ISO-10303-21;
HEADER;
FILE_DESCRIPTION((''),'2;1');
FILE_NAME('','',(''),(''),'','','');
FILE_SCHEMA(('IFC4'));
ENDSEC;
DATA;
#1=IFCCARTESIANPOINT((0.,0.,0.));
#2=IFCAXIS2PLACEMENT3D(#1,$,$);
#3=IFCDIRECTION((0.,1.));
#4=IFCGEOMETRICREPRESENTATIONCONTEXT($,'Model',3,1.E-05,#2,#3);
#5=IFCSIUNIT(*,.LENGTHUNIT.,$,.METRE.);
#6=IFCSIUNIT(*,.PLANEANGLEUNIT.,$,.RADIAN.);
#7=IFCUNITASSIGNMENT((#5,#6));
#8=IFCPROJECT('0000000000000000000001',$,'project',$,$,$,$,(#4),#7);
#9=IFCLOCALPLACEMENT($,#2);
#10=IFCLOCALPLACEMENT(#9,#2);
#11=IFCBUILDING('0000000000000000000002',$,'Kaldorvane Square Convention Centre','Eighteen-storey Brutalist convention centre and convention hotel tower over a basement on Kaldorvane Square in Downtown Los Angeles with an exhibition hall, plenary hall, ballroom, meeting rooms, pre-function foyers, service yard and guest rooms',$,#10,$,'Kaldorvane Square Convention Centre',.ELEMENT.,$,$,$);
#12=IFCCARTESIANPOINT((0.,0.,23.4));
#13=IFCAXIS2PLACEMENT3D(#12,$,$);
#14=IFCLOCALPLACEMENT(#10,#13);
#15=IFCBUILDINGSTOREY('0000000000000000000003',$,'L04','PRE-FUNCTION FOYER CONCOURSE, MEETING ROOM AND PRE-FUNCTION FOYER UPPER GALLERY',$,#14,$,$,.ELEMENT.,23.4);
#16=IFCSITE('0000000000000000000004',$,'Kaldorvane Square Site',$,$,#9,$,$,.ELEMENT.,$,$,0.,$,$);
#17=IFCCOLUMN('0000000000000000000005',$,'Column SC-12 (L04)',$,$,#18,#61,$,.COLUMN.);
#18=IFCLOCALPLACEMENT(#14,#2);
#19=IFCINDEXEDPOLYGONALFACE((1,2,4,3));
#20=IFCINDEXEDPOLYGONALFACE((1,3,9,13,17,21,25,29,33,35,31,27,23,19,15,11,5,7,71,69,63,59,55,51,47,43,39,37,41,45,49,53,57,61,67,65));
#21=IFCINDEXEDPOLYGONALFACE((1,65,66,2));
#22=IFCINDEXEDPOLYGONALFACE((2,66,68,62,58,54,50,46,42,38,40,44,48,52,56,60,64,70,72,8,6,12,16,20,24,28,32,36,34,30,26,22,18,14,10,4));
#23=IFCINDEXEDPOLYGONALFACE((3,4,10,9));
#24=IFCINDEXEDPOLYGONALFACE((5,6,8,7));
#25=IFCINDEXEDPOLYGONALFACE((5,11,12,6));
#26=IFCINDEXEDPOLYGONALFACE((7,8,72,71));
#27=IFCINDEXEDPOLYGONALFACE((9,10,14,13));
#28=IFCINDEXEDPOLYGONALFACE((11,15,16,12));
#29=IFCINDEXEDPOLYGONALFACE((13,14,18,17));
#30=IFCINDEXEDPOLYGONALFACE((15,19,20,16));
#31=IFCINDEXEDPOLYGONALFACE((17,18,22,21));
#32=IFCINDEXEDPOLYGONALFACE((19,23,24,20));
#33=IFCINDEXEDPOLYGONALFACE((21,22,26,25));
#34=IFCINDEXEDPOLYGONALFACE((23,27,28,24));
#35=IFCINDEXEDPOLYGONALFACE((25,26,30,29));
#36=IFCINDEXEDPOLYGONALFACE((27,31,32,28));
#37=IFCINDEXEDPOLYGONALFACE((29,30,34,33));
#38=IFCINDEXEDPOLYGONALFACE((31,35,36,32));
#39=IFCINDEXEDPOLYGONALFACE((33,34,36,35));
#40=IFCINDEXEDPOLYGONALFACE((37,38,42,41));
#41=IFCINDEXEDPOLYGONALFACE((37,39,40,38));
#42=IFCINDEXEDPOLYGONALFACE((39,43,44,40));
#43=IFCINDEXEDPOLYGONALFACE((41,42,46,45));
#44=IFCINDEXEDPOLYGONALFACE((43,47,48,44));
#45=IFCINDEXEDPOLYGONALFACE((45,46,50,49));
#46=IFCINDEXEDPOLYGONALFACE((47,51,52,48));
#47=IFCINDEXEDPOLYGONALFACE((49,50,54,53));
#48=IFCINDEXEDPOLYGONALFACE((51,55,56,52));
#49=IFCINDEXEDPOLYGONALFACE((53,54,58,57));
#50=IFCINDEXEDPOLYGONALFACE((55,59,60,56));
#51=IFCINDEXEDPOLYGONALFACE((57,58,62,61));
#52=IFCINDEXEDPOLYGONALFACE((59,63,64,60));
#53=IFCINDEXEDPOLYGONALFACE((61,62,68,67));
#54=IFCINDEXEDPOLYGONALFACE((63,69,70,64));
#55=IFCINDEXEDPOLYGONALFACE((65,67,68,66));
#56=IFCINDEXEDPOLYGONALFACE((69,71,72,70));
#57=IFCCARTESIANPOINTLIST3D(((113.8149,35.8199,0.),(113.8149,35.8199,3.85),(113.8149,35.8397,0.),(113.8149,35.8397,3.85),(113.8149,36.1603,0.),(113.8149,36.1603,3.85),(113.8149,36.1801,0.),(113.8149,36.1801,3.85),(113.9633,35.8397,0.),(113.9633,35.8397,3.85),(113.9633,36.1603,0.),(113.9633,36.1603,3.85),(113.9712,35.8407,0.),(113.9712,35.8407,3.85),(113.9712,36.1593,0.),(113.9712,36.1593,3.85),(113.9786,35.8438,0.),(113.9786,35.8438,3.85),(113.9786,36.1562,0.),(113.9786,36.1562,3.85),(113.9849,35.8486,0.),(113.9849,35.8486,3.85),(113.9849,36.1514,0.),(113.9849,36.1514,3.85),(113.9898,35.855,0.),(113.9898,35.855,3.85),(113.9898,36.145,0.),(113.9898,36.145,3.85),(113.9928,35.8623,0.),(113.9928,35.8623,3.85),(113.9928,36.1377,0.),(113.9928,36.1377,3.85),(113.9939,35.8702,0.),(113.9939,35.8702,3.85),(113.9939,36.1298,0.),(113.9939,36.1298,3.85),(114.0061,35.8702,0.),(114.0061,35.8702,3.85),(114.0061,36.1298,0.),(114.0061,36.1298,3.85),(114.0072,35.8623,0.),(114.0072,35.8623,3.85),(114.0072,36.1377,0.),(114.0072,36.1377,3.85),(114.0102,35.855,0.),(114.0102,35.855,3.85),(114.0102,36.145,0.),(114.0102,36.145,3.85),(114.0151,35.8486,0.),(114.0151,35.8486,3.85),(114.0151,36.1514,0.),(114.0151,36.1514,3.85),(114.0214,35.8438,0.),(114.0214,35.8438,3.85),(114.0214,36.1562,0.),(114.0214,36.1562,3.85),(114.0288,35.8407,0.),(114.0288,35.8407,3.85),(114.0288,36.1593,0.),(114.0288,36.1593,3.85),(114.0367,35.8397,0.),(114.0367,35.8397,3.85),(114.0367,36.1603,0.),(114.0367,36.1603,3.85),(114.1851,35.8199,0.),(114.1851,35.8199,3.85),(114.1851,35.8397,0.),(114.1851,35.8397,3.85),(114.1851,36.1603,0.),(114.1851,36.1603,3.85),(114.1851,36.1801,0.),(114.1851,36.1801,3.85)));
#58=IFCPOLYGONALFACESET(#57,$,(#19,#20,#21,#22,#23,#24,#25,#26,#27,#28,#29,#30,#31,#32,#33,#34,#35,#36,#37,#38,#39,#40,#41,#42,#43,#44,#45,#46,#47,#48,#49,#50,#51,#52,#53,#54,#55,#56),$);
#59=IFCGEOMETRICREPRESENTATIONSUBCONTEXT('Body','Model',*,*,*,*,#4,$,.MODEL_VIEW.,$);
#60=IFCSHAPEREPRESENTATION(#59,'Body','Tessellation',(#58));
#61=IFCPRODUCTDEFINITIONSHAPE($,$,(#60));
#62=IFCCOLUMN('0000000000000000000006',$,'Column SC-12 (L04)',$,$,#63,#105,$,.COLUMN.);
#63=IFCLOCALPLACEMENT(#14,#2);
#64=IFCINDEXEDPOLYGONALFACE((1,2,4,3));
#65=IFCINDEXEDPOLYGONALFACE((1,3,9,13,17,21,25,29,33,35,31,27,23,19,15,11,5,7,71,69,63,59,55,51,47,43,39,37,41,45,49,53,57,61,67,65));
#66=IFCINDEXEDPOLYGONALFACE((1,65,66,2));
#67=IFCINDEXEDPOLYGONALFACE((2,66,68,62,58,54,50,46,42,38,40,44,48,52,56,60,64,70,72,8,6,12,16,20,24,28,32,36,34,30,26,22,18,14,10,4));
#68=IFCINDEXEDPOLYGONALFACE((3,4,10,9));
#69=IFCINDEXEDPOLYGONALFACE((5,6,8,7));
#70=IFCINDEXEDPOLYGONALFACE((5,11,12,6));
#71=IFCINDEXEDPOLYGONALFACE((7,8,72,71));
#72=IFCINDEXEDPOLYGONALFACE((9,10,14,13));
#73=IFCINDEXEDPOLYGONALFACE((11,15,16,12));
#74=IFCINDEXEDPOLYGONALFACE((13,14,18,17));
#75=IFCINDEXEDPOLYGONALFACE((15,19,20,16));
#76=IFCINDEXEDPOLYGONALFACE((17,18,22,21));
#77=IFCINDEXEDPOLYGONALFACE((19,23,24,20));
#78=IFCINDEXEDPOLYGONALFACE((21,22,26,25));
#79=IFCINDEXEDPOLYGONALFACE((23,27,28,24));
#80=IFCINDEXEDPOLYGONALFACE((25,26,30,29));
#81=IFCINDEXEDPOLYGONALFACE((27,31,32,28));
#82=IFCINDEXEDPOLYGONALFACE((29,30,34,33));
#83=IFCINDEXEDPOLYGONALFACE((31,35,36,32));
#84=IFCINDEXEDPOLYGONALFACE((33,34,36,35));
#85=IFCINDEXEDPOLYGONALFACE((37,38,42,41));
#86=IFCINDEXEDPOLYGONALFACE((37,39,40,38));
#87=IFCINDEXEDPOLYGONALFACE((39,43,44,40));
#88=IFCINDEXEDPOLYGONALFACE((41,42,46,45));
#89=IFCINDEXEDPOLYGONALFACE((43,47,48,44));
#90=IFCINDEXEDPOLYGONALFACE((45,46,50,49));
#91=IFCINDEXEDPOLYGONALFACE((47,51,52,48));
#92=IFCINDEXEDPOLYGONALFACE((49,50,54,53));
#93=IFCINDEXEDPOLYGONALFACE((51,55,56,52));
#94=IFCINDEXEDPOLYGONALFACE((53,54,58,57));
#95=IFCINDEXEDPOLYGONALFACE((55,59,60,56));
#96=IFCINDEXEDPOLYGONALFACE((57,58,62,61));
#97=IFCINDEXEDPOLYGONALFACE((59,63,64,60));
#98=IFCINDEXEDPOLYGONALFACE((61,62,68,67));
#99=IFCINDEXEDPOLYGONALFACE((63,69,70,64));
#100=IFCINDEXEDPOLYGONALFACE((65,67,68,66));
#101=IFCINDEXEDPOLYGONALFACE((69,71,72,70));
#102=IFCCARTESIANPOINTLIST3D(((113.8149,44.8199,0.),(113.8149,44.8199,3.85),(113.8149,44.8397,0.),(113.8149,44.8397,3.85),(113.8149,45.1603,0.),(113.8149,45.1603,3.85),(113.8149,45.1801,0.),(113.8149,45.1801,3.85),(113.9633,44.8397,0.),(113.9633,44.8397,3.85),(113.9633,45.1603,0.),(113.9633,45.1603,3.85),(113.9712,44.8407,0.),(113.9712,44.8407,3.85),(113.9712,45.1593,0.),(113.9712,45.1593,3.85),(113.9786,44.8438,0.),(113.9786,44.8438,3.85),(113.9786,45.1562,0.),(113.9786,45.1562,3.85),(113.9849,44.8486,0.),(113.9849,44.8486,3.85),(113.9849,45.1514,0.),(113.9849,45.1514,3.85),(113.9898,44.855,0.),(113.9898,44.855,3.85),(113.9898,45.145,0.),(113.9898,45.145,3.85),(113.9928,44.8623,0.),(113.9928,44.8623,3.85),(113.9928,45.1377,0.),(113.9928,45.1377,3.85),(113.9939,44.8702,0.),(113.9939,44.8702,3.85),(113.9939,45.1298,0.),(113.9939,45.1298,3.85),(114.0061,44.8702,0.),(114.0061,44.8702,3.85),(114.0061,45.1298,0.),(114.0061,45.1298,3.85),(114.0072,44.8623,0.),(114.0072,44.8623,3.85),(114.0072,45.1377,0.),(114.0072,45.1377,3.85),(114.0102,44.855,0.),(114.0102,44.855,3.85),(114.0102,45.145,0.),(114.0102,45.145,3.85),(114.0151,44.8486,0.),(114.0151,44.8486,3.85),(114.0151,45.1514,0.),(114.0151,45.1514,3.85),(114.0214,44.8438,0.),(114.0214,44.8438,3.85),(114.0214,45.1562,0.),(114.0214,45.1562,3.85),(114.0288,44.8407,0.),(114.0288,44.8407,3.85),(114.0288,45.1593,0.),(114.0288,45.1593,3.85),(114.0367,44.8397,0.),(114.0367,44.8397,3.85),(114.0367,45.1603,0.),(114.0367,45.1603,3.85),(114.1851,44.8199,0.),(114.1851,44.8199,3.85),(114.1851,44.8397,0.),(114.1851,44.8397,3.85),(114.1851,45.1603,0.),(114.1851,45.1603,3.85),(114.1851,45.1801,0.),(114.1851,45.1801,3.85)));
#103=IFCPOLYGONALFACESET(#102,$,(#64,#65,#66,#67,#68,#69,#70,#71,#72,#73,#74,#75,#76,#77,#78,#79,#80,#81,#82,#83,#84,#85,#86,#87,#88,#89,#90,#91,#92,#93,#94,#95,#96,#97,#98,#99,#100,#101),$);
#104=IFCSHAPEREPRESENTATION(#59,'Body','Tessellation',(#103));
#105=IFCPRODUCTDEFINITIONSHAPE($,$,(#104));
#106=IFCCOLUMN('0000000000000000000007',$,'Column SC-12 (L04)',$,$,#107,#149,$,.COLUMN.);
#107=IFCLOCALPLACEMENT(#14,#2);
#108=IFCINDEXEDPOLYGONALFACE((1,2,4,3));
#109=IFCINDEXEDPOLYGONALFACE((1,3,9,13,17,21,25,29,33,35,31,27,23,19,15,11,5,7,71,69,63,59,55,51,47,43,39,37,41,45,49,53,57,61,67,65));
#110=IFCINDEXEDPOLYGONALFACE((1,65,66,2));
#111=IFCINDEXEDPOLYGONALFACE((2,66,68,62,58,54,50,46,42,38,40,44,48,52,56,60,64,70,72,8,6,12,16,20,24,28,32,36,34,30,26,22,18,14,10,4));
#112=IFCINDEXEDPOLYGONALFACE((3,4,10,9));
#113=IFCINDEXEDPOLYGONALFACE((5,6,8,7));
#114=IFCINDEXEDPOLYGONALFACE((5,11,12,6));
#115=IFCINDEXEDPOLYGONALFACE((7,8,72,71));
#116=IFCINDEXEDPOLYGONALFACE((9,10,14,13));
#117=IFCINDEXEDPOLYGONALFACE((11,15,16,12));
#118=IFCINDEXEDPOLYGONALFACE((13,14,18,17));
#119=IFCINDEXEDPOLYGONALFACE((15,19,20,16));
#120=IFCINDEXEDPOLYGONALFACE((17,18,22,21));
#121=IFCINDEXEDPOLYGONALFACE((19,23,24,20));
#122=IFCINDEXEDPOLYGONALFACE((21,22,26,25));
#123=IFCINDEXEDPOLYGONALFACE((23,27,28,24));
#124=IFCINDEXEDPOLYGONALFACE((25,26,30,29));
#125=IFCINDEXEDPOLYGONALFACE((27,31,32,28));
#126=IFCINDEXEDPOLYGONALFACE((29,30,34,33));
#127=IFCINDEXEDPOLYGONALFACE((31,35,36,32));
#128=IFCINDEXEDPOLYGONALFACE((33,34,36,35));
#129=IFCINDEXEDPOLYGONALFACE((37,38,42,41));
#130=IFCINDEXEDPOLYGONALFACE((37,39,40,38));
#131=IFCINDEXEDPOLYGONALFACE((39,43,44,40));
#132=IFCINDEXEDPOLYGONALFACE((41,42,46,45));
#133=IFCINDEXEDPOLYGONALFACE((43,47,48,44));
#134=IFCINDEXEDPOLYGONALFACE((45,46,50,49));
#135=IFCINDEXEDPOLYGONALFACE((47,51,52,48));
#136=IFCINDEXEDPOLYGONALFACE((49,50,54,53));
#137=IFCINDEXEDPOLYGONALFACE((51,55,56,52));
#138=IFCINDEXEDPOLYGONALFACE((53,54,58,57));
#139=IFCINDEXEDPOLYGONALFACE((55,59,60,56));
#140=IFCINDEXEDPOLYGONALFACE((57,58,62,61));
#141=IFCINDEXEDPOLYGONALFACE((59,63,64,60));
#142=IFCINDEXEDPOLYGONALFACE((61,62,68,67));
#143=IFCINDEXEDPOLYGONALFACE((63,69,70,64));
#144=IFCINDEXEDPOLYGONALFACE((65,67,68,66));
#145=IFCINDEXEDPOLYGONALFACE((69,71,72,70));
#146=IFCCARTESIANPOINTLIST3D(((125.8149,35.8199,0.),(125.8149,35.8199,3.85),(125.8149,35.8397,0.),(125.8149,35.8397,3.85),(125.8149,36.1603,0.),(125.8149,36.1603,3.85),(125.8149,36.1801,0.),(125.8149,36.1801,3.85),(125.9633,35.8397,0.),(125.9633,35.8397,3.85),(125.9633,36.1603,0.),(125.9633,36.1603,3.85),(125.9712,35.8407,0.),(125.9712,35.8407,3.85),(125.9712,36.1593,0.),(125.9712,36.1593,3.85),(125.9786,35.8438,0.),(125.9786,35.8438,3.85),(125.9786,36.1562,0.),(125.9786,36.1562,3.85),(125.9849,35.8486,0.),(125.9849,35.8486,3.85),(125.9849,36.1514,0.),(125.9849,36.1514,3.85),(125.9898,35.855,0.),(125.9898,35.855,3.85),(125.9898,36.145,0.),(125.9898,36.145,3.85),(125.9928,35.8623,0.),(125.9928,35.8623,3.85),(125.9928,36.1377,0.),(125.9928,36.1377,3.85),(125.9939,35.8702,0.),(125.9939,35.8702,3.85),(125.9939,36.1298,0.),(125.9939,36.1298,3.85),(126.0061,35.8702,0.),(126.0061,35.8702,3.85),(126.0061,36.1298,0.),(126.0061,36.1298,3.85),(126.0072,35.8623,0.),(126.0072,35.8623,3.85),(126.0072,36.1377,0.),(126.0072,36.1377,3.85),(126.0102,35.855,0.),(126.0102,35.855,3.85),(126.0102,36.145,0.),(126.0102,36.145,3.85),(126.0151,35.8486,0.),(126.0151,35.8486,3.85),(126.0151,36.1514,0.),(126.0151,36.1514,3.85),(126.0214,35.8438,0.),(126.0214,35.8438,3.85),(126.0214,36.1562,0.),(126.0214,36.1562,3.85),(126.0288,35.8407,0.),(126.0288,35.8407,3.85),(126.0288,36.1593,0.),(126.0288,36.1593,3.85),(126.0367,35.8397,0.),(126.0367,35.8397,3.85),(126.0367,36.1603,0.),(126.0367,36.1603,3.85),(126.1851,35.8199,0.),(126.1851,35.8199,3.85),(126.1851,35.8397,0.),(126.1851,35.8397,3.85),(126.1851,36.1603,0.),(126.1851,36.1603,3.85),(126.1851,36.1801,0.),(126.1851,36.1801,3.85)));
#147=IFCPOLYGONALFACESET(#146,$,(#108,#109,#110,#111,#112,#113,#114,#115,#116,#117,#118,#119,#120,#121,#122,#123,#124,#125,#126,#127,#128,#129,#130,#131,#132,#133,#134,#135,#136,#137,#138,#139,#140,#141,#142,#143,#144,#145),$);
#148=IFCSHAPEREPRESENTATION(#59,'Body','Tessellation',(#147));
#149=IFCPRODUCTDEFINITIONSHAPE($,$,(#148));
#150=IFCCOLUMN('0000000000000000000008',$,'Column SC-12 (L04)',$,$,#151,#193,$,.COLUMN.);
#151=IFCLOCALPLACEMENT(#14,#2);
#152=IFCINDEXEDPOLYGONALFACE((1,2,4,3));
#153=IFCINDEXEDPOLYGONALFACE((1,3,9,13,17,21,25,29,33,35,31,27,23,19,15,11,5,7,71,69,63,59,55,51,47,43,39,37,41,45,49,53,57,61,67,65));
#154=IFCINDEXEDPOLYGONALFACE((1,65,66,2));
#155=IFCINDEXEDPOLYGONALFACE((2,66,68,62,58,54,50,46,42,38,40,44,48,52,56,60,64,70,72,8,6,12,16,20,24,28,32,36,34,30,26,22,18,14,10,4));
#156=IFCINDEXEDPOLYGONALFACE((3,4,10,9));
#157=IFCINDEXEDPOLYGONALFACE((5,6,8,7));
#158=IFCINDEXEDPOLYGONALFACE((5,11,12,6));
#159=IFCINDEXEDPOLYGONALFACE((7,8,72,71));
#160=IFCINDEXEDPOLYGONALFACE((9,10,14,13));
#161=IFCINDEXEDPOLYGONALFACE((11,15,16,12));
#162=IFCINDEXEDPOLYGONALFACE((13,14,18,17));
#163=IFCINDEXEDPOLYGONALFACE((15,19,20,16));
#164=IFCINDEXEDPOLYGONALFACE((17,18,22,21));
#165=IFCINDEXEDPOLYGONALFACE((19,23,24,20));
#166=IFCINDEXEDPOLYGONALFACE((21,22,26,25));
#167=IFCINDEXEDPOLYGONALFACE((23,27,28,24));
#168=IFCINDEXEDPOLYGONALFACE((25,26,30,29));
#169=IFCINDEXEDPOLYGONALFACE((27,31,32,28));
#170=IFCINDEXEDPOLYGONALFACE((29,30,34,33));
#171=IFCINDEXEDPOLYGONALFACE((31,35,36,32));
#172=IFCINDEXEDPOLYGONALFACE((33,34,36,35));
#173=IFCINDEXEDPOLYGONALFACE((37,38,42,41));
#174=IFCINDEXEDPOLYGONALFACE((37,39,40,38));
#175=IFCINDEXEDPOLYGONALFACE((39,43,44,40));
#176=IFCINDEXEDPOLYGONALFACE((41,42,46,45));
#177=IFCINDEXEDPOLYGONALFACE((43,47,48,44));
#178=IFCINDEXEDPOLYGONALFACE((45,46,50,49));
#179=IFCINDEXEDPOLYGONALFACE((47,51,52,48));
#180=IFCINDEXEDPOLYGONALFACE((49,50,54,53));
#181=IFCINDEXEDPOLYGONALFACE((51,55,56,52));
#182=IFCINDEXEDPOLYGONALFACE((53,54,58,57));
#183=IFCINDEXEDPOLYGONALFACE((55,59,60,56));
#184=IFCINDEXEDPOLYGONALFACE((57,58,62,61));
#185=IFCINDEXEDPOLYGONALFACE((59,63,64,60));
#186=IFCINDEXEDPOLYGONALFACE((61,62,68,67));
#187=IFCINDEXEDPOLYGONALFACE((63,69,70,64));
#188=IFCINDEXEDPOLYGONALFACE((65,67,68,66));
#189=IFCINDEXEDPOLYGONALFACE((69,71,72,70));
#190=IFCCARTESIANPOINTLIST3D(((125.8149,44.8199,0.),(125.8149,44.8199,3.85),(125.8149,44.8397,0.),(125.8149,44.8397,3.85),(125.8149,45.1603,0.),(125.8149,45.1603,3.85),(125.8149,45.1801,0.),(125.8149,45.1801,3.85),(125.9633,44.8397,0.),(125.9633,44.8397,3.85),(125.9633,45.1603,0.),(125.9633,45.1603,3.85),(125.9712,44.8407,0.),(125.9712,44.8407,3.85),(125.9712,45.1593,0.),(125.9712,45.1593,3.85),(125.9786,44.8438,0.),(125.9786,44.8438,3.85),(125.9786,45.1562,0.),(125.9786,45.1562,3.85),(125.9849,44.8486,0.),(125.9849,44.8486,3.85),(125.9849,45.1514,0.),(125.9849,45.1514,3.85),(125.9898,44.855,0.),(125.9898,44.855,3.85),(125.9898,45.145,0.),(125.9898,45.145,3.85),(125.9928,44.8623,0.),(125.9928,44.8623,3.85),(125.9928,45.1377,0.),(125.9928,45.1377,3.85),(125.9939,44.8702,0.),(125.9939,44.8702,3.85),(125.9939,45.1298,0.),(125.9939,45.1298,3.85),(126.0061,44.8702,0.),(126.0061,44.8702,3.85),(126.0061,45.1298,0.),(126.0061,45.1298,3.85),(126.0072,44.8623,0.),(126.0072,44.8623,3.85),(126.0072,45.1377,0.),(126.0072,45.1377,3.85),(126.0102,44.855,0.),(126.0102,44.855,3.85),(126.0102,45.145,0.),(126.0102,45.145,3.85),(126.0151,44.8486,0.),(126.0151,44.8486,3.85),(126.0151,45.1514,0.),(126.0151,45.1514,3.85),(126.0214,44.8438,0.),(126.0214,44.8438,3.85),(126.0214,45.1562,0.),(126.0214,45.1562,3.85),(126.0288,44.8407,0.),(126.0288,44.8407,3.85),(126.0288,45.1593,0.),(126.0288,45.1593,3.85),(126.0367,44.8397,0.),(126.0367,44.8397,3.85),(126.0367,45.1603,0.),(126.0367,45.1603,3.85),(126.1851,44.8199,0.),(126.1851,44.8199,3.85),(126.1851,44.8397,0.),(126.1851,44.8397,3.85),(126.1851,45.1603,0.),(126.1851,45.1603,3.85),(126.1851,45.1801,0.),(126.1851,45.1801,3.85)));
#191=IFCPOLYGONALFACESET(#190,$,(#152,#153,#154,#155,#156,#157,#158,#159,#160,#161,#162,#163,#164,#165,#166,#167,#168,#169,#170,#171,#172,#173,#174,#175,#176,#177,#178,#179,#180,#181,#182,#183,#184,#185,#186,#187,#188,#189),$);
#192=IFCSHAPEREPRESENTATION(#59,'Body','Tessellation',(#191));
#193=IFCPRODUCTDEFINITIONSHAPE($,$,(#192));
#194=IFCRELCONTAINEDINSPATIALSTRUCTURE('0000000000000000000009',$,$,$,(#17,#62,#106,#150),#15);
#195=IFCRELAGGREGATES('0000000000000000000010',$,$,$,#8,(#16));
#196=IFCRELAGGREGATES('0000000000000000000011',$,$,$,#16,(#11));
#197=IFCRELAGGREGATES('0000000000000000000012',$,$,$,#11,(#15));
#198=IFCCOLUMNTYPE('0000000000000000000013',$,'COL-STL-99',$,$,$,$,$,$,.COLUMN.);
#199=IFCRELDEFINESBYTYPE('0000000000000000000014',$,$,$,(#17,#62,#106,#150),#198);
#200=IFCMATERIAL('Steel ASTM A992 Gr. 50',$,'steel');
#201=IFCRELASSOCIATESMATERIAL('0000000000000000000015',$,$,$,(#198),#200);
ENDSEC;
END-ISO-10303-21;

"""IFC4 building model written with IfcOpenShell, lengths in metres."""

from ifc_helpers import new_model, si_unit, direction, frame, origin, origin_2d, place, context, subcontext, project, spatial, i_section, extrude, material, material_profile, profile_set, type_object, element, save


model = new_model("IFC4")

# Units and contexts
model_context = context("Model", 3, precision=1e-05, world=origin(), true_north=direction((0.0, 1.0)))
body_context = subcontext(model_context, "Body", "Model", "MODEL_VIEW")
ifc_project = project(units=[si_unit("LENGTHUNIT", "METRE"), si_unit("PLANEANGLEUNIT", "RADIAN")], contexts=[model_context])

# Site, building, storey
site_placement = place(None, origin())
site = spatial("IfcSite", under=ifc_project, at=site_placement, Name="Kaldorvane Square Site", CompositionType="ELEMENT", RefElevation=0.0)
building_placement = place(site_placement, origin())
building = spatial("IfcBuilding", under=site, at=building_placement, Name="Kaldorvane Square Convention Centre", Description="Eighteen-storey Brutalist convention centre and convention hotel tower over a basement on Kaldorvane Square in Downtown Los Angeles with an exhibition hall, plenary hall, ballroom, meeting rooms, pre-function foyers, service yard and guest rooms", LongName="Kaldorvane Square Convention Centre", CompositionType="ELEMENT")
storey_placement = place(building_placement, frame((0.0, 0.0, 23.4)))
storey = spatial("IfcBuildingStorey", under=building, at=storey_placement, Name="L04", Description="PRE-FUNCTION FOYER CONCOURSE, MEETING ROOM AND PRE-FUNCTION FOYER UPPER GALLERY", CompositionType="ELEMENT", Elevation=23.4)

# Columns
ifc_material_1 = material(Name="Steel ASTM A992 Gr. 50", Category="steel")
ifc_material_profile_1 = material_profile(ifc_material_1, i_section(OverallWidth=0.3701, OverallDepth=0.3602, WebThickness=0.0123, FlangeThickness=0.0198, FilletRadius=0.0305, at=origin_2d()), Name="W14X99")
ifc_profile_set_1 = profile_set([ifc_material_profile_1], Name="Steel ASTM A992 Gr. 50")
column_type = type_object("IfcColumnType", Name="COL-STL-99", PredefinedType="COLUMN", material=ifc_profile_set_1)
for number, where, z_axis, x_axis, name in (
    (1, (114.0, 36.0, 0.0), (0.0, 0.0, 1.0), (1.0, 0.0, 0.0), "Column SC-12 (L04)"),
    (2, (114.0, 45.0, 0.0), (0.0, 0.0, 1.0), (1.0, 0.0, 0.0), "Column SC-12 (L04)"),
    (3, (126.0, 36.0, 0.0), (0.0, 0.0, 1.0), (1.0, 0.0, 0.0), "Column SC-12 (L04)"),
    (4, (126.0, 45.0, 0.0), (0.0, 0.0, 1.0), (1.0, 0.0, 0.0), "Column SC-12 (L04)"),
):
    element("IfcColumn", number, at=place(storey_placement, frame(where, z_axis=z_axis, x_axis=x_axis)), inside=storey, type_object=column_type, Name=name, PredefinedType="COLUMN", context=body_context, shape_type="SweptSolid", body=[
        extrude(i_section(OverallWidth=0.3701, OverallDepth=0.3602, WebThickness=0.0123, FlangeThickness=0.0198, FilletRadius=0.0305, at=origin_2d()), origin(), (0.0, 0.0, 1.0), 3.85),
    ])

save(model, "model.ifc")
